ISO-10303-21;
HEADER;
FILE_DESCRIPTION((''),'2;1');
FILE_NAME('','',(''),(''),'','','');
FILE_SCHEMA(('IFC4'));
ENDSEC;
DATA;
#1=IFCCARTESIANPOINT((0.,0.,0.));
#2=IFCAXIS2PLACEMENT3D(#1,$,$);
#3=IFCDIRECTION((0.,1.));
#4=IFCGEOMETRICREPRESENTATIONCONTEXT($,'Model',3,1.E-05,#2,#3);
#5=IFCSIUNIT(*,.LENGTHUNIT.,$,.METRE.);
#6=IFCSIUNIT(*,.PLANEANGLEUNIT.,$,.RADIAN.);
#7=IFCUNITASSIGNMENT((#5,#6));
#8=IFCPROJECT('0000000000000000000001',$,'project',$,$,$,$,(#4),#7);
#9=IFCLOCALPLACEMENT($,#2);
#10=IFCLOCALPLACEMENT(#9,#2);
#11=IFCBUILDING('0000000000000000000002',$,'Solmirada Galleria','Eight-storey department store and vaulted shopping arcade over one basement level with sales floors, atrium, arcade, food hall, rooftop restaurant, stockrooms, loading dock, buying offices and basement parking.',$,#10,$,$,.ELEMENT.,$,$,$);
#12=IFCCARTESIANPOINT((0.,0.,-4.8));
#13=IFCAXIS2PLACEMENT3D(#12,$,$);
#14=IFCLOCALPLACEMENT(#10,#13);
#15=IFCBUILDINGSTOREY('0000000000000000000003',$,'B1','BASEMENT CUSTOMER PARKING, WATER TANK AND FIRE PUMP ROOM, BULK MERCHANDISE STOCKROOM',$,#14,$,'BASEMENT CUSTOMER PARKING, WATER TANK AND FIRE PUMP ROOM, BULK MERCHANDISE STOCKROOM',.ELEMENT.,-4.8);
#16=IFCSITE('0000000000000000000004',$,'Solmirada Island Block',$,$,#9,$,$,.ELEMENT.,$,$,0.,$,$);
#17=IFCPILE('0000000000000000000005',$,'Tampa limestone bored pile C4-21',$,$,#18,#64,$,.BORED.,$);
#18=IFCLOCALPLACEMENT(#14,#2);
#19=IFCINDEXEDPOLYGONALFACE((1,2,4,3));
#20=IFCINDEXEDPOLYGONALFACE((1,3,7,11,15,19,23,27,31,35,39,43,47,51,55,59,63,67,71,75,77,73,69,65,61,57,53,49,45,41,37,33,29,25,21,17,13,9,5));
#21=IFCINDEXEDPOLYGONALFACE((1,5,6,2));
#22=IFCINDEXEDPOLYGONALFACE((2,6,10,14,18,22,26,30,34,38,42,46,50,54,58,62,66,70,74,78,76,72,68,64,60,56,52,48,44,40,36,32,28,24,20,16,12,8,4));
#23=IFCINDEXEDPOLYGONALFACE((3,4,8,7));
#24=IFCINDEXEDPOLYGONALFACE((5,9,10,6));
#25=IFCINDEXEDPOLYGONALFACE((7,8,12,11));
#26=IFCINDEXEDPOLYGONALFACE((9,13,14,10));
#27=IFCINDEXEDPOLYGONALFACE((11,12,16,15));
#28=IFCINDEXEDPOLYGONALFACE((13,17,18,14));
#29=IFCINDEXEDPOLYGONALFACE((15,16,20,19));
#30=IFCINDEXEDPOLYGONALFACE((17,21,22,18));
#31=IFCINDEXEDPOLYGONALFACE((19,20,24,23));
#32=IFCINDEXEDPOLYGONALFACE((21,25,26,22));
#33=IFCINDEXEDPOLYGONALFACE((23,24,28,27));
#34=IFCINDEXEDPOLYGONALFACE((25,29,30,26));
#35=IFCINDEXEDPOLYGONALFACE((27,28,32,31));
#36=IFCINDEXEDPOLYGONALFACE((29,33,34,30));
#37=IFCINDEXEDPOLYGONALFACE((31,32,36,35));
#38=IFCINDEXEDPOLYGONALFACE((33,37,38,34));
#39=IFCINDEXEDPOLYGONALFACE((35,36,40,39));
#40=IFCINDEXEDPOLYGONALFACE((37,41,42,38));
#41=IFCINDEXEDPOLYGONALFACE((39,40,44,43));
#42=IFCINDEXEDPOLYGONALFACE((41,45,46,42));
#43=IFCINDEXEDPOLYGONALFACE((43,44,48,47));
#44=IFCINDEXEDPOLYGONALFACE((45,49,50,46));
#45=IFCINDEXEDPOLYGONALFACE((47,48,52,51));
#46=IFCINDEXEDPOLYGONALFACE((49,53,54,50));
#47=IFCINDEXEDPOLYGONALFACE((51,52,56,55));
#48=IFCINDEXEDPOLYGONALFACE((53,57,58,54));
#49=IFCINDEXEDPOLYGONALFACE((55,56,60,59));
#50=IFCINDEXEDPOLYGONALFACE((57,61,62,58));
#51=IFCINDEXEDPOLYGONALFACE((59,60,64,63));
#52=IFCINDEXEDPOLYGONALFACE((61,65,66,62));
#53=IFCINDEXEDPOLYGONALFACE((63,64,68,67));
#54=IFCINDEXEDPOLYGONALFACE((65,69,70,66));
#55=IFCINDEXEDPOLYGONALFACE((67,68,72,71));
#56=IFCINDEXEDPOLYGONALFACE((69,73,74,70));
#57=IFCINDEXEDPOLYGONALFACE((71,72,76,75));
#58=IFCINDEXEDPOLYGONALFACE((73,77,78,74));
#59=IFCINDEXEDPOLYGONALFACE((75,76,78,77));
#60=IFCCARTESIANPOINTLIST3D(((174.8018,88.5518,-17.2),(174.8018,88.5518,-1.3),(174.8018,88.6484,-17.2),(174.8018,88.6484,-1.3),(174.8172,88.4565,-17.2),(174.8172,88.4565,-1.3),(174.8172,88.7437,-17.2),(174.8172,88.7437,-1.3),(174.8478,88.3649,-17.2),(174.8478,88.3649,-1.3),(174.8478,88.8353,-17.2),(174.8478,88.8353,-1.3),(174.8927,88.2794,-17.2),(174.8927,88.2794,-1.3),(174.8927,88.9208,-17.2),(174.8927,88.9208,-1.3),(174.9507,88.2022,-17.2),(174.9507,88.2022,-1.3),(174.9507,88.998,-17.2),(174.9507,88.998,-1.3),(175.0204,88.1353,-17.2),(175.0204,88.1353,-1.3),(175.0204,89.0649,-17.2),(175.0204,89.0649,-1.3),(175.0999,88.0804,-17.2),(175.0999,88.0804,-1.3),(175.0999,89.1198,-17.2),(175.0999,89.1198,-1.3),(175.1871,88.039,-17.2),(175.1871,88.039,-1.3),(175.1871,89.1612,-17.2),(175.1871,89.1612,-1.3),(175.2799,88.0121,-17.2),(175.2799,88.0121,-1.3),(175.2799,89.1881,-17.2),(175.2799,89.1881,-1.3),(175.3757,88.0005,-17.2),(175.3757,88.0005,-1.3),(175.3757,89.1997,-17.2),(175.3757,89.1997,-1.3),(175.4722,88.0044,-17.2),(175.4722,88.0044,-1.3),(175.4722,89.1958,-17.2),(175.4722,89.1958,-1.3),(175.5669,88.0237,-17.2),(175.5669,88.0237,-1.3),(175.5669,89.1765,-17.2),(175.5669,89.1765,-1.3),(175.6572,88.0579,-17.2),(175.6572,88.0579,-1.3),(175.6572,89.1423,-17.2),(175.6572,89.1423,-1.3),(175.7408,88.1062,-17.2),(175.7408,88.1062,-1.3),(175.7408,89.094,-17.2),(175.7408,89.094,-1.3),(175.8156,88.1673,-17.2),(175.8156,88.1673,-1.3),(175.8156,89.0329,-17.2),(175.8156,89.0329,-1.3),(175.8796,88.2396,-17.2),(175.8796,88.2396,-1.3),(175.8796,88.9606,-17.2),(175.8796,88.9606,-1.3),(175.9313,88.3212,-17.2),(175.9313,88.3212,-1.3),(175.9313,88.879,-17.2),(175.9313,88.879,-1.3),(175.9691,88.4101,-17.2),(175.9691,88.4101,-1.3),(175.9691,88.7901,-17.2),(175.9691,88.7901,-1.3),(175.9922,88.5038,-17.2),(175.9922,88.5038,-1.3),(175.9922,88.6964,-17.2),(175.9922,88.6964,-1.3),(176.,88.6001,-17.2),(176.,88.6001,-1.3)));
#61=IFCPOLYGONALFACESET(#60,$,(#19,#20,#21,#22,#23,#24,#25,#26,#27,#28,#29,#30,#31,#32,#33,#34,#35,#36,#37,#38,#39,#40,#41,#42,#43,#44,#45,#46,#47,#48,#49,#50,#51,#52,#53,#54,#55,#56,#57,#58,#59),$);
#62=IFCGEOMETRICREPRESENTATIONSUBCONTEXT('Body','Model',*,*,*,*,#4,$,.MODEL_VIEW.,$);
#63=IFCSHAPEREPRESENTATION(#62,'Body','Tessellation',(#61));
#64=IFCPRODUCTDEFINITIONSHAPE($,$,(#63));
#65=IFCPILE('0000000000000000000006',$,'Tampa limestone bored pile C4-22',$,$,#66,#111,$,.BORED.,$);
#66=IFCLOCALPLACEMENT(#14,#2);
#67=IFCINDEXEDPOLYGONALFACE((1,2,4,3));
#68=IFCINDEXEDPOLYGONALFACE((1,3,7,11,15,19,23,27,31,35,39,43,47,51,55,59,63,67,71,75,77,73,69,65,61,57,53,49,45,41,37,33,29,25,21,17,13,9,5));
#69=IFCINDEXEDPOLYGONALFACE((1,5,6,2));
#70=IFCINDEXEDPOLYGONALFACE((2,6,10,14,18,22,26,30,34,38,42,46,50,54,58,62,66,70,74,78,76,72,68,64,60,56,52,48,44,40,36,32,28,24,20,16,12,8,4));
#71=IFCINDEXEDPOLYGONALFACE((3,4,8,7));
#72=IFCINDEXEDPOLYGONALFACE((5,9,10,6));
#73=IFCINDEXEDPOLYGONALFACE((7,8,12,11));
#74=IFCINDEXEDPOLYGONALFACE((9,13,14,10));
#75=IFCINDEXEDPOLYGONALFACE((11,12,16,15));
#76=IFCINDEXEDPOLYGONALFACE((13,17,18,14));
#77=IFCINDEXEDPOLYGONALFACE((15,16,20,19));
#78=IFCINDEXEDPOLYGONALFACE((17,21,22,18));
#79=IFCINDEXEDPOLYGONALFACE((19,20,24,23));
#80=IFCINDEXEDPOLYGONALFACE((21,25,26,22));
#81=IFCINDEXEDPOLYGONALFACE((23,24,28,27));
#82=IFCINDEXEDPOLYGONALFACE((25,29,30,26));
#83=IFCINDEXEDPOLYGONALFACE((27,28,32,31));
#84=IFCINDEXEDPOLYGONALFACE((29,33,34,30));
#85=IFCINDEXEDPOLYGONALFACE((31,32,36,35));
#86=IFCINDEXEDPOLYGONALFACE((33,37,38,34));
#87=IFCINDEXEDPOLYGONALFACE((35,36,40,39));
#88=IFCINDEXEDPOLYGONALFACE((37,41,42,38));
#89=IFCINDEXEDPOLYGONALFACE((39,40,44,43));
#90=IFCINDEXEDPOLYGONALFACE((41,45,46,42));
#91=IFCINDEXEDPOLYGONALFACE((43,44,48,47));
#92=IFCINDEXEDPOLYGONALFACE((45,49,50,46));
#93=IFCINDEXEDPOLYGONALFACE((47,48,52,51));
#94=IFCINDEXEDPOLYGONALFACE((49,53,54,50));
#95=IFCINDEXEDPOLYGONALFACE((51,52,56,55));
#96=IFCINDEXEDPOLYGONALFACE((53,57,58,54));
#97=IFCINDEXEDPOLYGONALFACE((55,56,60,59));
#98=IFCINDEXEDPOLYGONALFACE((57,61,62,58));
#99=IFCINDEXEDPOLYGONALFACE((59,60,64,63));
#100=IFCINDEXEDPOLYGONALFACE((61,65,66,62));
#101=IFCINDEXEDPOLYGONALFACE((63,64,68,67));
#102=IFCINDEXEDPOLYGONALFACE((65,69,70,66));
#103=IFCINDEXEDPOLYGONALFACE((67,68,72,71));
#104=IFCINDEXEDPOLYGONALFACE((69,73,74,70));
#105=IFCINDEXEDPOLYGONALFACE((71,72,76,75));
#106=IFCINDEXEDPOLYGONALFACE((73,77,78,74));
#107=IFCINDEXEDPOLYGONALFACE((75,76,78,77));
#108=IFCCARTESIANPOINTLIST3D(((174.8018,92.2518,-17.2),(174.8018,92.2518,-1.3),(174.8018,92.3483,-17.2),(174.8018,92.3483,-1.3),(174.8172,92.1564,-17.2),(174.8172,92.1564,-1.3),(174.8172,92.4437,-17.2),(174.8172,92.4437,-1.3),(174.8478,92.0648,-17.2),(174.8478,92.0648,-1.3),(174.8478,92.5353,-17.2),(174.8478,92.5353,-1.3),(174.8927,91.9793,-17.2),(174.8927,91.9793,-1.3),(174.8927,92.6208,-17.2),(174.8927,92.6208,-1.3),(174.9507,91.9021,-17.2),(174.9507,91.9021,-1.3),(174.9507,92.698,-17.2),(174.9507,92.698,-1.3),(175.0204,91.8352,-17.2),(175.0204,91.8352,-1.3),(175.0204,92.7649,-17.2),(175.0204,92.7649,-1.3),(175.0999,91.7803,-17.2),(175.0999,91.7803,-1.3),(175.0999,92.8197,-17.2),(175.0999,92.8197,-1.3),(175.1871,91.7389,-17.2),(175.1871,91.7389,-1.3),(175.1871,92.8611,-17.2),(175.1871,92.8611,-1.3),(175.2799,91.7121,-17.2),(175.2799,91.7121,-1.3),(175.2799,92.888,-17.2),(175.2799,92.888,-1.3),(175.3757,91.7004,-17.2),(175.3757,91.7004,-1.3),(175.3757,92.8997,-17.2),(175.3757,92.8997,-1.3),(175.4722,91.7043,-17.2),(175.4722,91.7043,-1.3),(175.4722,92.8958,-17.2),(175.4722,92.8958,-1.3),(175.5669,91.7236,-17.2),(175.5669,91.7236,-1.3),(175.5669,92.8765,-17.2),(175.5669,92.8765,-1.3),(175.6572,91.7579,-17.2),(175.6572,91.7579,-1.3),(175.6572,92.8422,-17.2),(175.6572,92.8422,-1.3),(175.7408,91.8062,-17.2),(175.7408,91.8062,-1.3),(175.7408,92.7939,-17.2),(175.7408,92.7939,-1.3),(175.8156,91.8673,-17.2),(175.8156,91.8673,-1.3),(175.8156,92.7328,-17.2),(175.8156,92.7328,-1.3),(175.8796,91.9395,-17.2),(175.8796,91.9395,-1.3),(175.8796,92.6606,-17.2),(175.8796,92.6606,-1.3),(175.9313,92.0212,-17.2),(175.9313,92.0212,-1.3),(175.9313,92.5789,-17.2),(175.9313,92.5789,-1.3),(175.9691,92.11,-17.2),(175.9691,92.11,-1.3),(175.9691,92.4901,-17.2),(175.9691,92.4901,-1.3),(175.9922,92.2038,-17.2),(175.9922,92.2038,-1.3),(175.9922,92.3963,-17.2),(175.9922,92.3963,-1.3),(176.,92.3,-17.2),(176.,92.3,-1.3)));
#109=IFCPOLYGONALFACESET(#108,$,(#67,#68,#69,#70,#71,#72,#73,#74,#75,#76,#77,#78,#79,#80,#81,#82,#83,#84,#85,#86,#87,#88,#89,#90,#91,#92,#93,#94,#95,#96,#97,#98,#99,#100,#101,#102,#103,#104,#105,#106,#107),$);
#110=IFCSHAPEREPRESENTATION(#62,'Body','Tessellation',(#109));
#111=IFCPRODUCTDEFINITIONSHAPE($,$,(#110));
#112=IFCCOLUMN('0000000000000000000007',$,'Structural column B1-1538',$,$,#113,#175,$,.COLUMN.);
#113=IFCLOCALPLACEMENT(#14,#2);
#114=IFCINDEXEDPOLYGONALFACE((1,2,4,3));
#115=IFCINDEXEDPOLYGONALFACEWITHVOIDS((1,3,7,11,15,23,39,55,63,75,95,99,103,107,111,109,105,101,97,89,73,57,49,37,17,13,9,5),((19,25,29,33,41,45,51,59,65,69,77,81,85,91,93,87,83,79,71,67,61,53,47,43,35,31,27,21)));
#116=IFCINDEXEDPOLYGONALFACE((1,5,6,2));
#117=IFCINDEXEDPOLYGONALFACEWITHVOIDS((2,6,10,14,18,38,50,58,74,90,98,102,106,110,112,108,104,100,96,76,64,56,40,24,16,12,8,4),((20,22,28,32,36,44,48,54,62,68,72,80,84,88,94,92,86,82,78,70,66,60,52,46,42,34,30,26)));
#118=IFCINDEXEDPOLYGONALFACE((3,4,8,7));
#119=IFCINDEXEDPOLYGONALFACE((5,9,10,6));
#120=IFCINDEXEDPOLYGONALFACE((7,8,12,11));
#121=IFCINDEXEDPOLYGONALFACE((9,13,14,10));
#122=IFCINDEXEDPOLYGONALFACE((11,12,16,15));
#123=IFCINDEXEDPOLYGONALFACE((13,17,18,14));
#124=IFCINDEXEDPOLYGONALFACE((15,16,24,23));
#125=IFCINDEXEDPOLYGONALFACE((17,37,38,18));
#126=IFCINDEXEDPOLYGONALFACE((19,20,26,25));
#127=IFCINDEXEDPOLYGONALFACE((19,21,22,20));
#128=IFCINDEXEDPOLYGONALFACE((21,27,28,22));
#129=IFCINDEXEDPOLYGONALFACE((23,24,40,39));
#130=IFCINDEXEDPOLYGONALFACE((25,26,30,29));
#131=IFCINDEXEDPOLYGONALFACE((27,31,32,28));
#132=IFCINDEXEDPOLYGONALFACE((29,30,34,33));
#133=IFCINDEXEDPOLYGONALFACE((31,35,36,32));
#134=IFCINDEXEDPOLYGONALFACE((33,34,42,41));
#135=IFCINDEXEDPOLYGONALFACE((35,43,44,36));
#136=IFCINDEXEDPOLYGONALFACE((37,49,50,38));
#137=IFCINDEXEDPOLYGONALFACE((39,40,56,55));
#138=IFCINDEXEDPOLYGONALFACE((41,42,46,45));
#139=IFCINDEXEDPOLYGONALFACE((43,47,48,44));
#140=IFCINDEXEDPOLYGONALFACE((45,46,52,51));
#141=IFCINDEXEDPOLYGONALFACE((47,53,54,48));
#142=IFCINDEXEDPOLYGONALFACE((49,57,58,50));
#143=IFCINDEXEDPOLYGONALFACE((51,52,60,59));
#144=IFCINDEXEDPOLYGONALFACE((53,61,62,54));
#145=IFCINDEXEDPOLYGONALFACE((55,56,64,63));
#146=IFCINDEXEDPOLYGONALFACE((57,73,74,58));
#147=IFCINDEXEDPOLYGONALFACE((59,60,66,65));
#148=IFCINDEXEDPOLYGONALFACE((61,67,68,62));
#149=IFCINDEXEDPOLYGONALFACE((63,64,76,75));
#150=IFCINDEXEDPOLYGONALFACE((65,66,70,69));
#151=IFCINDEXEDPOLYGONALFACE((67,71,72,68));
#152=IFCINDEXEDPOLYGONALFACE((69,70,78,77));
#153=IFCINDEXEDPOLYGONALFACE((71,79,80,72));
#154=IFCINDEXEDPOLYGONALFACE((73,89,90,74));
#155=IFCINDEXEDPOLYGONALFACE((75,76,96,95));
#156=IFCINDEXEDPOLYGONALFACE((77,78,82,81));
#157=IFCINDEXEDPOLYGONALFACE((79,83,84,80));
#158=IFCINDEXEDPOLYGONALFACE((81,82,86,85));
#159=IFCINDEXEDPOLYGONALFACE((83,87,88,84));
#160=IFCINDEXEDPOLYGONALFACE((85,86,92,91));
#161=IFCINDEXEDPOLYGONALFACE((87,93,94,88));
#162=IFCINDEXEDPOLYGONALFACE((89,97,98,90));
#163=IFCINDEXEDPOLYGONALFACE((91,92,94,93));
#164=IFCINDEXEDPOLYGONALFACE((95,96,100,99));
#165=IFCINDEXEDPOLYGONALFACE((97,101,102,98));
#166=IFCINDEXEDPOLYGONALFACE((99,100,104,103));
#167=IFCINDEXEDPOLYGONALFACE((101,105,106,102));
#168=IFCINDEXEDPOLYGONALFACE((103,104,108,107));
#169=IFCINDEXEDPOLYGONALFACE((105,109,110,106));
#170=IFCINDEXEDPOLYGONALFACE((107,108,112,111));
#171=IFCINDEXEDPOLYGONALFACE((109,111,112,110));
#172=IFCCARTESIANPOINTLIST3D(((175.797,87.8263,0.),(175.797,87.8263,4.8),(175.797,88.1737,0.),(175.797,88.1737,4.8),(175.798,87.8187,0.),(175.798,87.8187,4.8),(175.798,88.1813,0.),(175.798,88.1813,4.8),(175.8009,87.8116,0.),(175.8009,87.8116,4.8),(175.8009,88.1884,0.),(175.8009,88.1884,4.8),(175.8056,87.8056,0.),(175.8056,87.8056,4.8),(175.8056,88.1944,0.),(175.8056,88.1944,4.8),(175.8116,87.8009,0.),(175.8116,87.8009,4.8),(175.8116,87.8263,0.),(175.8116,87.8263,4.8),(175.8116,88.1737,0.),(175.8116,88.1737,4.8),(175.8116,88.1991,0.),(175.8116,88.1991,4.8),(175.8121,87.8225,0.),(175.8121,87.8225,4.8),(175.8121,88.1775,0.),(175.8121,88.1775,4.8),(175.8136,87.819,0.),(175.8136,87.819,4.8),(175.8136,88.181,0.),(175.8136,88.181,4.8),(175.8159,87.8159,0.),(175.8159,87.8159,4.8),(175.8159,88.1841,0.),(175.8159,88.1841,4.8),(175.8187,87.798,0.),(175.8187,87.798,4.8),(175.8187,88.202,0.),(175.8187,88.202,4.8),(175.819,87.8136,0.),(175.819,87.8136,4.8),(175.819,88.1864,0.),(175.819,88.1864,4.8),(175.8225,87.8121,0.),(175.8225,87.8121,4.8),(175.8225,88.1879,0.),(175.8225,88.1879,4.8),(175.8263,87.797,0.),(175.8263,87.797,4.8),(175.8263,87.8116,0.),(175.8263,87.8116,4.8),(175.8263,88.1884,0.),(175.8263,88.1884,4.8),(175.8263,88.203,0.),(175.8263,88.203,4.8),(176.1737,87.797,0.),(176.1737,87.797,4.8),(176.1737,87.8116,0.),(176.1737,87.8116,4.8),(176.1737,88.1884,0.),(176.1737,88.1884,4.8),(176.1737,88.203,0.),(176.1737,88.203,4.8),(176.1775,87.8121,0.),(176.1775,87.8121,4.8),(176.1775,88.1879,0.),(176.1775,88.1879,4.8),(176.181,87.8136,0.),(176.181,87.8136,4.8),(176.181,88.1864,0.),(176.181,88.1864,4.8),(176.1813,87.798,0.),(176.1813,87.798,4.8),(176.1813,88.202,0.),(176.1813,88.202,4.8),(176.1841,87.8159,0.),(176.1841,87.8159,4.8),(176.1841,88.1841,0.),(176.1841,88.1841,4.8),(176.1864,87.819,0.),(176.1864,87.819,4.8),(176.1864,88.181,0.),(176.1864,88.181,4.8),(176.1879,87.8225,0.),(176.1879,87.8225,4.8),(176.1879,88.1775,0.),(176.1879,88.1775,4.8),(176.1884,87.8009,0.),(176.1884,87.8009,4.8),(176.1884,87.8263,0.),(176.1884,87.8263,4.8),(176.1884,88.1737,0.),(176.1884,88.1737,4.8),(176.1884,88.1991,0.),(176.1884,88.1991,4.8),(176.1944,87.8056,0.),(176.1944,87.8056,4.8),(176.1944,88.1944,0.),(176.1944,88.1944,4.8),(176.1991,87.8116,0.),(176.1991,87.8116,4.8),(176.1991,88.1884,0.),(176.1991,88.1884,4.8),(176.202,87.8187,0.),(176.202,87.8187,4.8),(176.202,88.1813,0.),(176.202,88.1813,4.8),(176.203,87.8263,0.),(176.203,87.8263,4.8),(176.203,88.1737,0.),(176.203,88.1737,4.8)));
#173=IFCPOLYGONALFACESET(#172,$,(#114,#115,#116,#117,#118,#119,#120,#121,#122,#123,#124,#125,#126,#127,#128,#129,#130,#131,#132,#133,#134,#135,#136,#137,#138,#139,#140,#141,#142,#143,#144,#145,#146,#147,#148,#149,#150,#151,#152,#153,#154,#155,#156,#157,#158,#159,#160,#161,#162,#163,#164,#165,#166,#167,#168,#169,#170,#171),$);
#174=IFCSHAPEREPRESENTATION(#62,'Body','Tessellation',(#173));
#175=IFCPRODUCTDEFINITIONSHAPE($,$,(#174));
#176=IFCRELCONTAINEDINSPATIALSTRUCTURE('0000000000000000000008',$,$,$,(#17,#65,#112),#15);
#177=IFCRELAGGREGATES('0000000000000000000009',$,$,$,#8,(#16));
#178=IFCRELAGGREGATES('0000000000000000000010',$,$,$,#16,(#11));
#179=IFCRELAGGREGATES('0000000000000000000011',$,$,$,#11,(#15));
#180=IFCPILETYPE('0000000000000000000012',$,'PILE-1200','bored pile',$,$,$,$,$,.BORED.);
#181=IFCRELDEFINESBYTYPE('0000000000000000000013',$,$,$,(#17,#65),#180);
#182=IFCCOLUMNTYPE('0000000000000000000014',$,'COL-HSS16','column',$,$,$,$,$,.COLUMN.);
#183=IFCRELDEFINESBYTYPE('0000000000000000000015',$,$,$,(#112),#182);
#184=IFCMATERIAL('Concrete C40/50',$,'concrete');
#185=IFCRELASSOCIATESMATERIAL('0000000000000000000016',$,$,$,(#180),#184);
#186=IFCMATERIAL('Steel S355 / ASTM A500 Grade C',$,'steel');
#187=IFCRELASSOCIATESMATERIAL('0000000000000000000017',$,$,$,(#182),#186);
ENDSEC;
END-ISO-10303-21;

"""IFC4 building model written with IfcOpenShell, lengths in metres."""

from ifc_helpers import new_model, si_unit, direction, frame, origin, origin_2d, place, context, subcontext, project, spatial, hollow_rectangle, circle, extrude, material, material_profile, profile_set, type_object, element, save


model = new_model("IFC4")

# Units and contexts
model_context = context("Model", 3, precision=1e-05, world=origin(), true_north=direction((0.0, 1.0)))
body_context = subcontext(model_context, "Body", "Model", "MODEL_VIEW")
ifc_project = project(units=[si_unit("LENGTHUNIT", "METRE"), si_unit("PLANEANGLEUNIT", "RADIAN")], contexts=[model_context])

# Site, building, storey
site_placement = place(None, origin())
site = spatial("IfcSite", under=ifc_project, at=site_placement, Name="Solmirada Island Block", CompositionType="ELEMENT", RefElevation=0.0)
building_placement = place(site_placement, origin())
building = spatial("IfcBuilding", under=site, at=building_placement, Name="Solmirada Galleria", Description="Eight-storey department store and vaulted shopping arcade over one basement level with sales floors, atrium, arcade, food hall, rooftop restaurant, stockrooms, loading dock, buying offices and basement parking.", CompositionType="ELEMENT")
storey_placement = place(building_placement, frame((0.0, 0.0, -4.8)))
storey = spatial("IfcBuildingStorey", under=building, at=storey_placement, Name="B1", Description="BASEMENT CUSTOMER PARKING, WATER TANK AND FIRE PUMP ROOM, BULK MERCHANDISE STOCKROOM", LongName="BASEMENT CUSTOMER PARKING, WATER TANK AND FIRE PUMP ROOM, BULK MERCHANDISE STOCKROOM", CompositionType="ELEMENT", Elevation=-4.8)

# Piles
ifc_material_1 = material(Name="Concrete C40/50", Category="concrete")
ifc_material_profile_1 = material_profile(ifc_material_1, circle(Radius=0.6001, at=origin_2d()), Name="PILE1200")
ifc_profile_set_1 = profile_set([ifc_material_profile_1], Name="Concrete C40/50")
pile_type = type_object("IfcPileType", Name="PILE-1200", Description="bored pile", PredefinedType="BORED", material=ifc_profile_set_1)
for number, where, z_axis, x_axis, name in (
    (1, (175.3999, 88.6001, -1.3), (0.0, 0.0, -1.0), (1.0, 0.0, 0.0), "Tampa limestone bored pile C4-21"),
    (2, (175.3999, 92.3, -1.3), (0.0, 0.0, -1.0), (1.0, 0.0, 0.0), "Tampa limestone bored pile C4-22"),
):
    element("IfcPile", number, at=place(storey_placement, frame(where, z_axis=z_axis, x_axis=x_axis)), inside=storey, type_object=pile_type, Name=name, PredefinedType="BORED", context=body_context, shape_type="SweptSolid", body=[
        extrude(circle(Radius=0.6001, at=origin_2d()), origin(), (0.0, 0.0, 1.0), 15.8999),
    ])

# Column
ifc_material_2 = material(Name="Steel S355 / ASTM A500 Grade C", Category="steel")
ifc_material_profile_2 = material_profile(ifc_material_2, hollow_rectangle(XDim=0.406, YDim=0.406, WallThickness=0.0146, InnerFilletRadius=0.0146, OuterFilletRadius=0.0293, at=origin_2d()), Name="HSS16X16X5/8")
ifc_profile_set_2 = profile_set([ifc_material_profile_2], Name="Steel S355 / ASTM A500 Grade C")
column_type = type_object("IfcColumnType", Name="COL-HSS16", Description="column", PredefinedType="COLUMN", material=ifc_profile_set_2)
column_placement = place(storey_placement, frame((176.0, 88.0, 0.0), z_axis=(0.0, 0.0, 1.0), x_axis=(1.0, 0.0, 0.0)))
element("IfcColumn", 3, at=column_placement, inside=storey, type_object=column_type, Name="Structural column B1-1538", PredefinedType="COLUMN", context=body_context, shape_type="SweptSolid", body=[
    extrude(hollow_rectangle(XDim=0.406, YDim=0.406, WallThickness=0.0146, InnerFilletRadius=0.0146, OuterFilletRadius=0.0293, at=origin_2d()), origin(), (0.0, 0.0, 1.0), 4.8),
])

save(model, "model.ifc")
